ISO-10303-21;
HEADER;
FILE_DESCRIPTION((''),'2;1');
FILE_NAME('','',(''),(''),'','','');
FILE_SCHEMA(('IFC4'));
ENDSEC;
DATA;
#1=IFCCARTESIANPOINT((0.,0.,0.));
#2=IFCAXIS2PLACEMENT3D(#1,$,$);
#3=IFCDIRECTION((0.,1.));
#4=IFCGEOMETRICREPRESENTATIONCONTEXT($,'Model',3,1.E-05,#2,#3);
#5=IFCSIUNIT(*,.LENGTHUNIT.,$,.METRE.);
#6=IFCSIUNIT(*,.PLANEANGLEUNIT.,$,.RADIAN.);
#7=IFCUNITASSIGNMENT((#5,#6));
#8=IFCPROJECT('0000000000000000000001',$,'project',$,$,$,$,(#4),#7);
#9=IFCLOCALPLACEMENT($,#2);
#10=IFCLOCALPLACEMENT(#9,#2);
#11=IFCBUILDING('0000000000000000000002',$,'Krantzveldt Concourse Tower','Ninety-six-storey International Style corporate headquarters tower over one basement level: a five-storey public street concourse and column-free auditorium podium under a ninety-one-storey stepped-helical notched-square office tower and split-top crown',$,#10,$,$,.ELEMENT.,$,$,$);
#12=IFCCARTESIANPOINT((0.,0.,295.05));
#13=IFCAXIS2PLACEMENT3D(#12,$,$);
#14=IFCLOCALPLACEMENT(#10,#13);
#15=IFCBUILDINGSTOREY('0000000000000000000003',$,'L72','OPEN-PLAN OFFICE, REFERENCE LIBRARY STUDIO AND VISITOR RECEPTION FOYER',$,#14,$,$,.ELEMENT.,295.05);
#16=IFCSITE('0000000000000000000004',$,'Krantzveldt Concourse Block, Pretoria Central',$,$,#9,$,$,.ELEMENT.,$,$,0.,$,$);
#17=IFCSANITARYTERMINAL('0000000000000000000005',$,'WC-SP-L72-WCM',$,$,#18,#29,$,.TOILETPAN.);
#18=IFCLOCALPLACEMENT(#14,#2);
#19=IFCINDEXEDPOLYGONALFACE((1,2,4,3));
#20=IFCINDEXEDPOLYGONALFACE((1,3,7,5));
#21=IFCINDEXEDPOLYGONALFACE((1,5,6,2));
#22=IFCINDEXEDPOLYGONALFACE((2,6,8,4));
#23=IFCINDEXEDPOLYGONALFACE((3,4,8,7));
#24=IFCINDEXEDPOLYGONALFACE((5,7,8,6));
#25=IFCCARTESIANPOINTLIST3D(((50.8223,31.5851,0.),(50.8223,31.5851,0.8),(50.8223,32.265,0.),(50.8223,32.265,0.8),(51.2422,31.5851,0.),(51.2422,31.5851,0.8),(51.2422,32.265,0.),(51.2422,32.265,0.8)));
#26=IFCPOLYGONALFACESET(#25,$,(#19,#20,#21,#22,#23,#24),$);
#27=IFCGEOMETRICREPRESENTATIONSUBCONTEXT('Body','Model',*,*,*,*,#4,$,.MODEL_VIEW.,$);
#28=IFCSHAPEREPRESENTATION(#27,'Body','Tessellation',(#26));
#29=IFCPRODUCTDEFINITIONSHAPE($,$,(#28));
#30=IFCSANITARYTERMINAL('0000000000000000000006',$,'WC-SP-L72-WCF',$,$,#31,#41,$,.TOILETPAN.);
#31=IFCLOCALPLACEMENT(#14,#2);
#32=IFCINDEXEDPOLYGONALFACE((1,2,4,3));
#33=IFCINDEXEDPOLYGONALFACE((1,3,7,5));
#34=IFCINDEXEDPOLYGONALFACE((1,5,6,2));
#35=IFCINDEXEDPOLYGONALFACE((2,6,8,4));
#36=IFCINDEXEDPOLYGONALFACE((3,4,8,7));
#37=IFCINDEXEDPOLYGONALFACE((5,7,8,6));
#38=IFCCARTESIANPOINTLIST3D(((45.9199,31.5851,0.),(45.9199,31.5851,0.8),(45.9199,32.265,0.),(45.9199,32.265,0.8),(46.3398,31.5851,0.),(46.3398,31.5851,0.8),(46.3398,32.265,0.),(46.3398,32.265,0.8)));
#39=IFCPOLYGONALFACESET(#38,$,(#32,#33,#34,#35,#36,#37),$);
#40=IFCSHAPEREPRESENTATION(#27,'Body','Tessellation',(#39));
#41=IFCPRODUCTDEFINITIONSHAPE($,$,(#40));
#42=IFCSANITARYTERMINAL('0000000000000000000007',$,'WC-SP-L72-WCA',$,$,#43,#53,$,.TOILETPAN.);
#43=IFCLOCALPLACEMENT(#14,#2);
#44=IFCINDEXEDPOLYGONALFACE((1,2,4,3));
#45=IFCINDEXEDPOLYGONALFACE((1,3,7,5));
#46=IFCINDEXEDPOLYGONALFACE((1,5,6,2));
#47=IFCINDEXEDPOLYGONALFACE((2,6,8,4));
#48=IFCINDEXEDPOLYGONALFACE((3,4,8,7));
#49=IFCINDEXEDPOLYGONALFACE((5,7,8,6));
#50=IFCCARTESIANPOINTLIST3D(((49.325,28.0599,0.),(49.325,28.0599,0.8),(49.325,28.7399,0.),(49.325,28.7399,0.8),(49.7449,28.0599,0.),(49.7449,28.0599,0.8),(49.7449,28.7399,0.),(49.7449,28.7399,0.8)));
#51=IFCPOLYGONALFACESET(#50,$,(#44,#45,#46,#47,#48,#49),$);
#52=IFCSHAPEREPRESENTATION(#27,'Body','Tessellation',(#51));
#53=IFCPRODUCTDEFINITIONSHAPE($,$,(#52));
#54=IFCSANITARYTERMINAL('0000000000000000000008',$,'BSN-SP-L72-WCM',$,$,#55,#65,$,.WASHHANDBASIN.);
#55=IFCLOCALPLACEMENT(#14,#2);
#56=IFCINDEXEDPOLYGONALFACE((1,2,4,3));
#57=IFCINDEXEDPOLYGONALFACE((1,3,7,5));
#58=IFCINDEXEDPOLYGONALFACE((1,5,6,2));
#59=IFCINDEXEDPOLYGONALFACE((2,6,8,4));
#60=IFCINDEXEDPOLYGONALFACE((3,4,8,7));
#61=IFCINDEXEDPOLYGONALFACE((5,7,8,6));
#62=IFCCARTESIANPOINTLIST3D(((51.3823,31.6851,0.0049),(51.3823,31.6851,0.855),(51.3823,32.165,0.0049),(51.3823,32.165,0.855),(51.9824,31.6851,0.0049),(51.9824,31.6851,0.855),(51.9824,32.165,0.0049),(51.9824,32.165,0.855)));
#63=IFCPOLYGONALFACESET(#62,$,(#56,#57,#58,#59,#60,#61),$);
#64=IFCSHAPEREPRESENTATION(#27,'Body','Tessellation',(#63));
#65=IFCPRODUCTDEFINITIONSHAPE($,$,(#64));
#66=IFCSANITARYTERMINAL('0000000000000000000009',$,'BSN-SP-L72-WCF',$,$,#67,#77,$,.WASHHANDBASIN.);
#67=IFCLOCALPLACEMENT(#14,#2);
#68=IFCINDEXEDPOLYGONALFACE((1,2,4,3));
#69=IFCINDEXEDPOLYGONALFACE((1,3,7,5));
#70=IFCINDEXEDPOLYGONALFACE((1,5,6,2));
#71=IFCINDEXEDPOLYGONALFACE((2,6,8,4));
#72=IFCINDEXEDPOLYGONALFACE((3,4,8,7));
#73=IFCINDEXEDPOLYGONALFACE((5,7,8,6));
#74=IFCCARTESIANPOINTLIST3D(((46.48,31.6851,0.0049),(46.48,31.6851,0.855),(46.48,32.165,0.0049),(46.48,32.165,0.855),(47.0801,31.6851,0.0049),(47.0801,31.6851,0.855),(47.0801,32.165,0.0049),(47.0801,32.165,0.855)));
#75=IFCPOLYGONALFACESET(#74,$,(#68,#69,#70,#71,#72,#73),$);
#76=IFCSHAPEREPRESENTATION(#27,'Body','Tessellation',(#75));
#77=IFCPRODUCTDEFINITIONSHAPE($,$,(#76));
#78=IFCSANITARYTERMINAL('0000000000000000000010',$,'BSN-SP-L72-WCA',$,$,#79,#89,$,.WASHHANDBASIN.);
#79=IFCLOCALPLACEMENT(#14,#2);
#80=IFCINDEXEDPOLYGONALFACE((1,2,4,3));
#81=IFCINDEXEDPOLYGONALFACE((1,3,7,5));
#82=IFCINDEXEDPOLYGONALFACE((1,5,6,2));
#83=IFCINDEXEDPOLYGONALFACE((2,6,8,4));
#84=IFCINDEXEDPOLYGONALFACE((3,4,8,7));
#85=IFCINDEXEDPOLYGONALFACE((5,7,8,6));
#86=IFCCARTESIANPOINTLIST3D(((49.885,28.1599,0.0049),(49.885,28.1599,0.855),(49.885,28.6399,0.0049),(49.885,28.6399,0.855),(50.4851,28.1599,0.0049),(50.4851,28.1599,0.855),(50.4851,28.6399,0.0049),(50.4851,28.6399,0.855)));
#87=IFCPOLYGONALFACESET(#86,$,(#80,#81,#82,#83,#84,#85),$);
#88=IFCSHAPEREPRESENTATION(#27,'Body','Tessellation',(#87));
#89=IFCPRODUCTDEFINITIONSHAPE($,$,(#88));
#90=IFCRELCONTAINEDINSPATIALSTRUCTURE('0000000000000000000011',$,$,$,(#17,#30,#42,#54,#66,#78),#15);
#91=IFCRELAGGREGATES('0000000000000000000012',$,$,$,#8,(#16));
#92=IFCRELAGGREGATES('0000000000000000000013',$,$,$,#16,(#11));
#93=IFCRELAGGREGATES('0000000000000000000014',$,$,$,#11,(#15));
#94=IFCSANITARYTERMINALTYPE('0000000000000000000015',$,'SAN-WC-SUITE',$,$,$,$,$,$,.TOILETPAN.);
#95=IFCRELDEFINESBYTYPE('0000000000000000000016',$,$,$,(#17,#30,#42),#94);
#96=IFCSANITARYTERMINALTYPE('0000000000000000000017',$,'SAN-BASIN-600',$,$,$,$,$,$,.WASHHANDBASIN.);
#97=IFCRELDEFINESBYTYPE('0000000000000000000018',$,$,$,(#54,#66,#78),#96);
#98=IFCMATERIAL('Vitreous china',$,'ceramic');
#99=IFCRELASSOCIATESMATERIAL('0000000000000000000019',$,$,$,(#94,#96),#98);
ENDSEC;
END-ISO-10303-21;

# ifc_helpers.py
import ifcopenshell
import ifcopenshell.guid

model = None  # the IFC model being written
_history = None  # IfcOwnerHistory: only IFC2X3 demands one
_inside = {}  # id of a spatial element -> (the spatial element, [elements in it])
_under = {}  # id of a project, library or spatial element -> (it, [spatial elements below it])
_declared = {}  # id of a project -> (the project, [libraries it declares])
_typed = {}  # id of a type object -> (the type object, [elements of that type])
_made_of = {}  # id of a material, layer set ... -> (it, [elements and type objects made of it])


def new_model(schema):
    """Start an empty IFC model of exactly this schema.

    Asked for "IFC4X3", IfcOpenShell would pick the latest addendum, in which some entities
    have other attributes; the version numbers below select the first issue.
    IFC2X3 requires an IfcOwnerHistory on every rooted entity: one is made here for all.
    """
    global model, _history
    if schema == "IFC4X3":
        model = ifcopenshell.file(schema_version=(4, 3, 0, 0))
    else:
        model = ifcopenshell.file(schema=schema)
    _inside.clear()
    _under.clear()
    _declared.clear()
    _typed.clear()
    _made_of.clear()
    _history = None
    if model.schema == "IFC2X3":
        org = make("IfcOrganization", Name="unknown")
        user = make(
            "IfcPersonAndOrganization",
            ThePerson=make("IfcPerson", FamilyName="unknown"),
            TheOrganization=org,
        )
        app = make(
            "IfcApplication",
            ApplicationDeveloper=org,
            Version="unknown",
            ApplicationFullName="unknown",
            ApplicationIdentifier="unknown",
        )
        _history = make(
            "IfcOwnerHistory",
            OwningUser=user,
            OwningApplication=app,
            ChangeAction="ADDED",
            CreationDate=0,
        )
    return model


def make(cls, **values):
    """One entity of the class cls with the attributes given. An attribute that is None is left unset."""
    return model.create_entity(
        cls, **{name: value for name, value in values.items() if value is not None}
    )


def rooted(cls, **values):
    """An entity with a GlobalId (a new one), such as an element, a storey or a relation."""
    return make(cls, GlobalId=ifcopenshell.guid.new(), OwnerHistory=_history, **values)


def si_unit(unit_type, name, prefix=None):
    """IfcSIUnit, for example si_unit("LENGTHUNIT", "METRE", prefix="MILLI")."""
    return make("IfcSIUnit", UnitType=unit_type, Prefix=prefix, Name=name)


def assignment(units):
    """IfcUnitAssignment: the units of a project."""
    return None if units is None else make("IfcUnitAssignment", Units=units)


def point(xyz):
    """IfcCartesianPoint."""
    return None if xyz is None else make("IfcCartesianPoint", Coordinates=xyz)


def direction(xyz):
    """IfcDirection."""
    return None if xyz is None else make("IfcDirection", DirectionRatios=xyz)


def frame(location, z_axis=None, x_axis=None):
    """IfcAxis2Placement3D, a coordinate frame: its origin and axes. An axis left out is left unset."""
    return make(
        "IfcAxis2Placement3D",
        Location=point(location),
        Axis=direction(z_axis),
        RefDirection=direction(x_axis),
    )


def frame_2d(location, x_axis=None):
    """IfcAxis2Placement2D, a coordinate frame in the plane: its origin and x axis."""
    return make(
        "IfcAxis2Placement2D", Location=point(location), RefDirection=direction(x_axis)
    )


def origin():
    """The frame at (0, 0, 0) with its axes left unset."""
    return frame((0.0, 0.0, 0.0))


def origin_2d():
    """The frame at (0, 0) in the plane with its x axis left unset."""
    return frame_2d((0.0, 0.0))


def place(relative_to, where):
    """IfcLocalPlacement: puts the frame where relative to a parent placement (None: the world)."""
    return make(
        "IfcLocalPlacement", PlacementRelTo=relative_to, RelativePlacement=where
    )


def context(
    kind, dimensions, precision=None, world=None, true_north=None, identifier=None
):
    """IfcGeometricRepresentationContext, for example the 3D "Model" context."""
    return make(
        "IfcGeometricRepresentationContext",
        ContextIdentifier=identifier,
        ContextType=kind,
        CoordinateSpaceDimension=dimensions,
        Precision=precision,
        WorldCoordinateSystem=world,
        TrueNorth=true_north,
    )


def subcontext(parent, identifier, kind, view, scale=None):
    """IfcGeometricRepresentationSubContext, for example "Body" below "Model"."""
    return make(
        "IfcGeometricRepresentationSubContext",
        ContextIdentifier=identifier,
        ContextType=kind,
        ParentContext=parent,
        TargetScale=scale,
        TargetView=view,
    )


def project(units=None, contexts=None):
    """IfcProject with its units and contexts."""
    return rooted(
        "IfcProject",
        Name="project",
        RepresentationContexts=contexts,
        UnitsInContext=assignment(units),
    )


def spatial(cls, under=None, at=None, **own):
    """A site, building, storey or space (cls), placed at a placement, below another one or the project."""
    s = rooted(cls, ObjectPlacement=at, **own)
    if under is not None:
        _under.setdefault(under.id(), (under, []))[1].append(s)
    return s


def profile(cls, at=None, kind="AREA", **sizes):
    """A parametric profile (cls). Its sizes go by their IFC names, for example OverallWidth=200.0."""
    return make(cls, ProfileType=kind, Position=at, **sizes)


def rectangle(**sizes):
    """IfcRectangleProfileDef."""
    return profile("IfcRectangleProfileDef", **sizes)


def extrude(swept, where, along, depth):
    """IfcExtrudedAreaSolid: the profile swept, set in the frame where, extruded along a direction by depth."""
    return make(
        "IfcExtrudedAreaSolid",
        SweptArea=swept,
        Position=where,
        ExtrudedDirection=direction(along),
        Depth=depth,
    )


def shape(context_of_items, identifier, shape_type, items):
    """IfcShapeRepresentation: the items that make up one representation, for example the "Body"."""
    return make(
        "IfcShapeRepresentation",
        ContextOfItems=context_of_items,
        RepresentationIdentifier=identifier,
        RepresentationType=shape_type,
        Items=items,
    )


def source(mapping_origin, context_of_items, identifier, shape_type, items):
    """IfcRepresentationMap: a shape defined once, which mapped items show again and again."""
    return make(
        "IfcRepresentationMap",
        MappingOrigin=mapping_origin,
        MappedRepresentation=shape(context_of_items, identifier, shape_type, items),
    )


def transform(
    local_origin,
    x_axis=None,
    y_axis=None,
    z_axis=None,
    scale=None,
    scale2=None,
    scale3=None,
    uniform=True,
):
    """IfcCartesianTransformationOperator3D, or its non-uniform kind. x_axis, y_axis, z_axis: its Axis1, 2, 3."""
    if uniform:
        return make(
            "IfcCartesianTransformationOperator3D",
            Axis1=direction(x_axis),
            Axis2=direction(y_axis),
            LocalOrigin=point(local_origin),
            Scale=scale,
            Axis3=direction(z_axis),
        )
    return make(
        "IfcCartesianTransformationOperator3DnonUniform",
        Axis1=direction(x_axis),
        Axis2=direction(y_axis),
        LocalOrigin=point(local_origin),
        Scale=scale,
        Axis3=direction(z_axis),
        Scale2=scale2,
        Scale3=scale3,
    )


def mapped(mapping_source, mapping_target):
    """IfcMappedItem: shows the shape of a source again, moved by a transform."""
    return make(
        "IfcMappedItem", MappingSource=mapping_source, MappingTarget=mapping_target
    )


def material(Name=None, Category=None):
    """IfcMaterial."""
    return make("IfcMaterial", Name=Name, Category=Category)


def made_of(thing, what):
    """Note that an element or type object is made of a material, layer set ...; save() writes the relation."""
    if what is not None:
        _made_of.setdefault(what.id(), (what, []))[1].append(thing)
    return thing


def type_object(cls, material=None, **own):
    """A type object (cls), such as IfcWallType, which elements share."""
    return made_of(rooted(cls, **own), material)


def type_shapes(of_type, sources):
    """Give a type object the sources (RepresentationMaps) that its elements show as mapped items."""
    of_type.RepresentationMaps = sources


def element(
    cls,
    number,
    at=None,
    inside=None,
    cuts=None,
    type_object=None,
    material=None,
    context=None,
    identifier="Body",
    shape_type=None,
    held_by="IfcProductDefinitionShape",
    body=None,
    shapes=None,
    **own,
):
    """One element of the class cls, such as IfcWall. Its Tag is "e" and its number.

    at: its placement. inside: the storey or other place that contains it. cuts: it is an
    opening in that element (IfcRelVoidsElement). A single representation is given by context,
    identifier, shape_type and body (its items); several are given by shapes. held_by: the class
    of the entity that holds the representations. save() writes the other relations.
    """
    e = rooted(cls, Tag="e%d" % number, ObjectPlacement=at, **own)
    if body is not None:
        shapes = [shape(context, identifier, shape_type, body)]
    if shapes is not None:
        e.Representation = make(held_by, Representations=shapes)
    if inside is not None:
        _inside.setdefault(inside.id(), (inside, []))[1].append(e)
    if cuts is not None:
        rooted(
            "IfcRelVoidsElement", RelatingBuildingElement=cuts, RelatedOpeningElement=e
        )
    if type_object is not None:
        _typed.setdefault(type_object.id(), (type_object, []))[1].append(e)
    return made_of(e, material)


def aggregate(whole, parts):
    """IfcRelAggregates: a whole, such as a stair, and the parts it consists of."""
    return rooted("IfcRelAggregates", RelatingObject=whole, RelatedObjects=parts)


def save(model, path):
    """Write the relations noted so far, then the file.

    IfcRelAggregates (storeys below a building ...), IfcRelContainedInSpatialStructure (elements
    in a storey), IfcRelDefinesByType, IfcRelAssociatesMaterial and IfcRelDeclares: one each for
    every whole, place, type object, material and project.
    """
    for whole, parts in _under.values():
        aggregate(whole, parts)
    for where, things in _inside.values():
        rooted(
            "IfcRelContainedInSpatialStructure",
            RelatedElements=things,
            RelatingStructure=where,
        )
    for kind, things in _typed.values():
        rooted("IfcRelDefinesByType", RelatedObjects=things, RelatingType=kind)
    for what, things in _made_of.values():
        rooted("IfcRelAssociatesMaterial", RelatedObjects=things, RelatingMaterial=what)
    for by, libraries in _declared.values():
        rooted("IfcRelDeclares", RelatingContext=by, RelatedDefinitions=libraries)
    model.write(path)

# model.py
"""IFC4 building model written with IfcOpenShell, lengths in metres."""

from ifc_helpers import new_model, si_unit, direction, frame, origin, origin_2d, place, context, subcontext, project, spatial, rectangle, extrude, source, transform, mapped, material, type_object, type_shapes, element, save


model = new_model("IFC4")

# Units and contexts
model_context = context("Model", 3, precision=1e-05, world=origin(), true_north=direction((0.0, 1.0)))
body_context = subcontext(model_context, "Body", "Model", "MODEL_VIEW")
ifc_project = project(units=[si_unit("LENGTHUNIT", "METRE"), si_unit("PLANEANGLEUNIT", "RADIAN")], contexts=[model_context])

# Site, building, storey
site_placement = place(None, origin())
site = spatial("IfcSite", under=ifc_project, at=site_placement, Name="Krantzveldt Concourse Block, Pretoria Central", CompositionType="ELEMENT", RefElevation=0.0)
building_placement = place(site_placement, origin())
building = spatial("IfcBuilding", under=site, at=building_placement, Name="Krantzveldt Concourse Tower", Description="Ninety-six-storey International Style corporate headquarters tower over one basement level: a five-storey public street concourse and column-free auditorium podium under a ninety-one-storey stepped-helical notched-square office tower and split-top crown", CompositionType="ELEMENT")
storey_placement = place(building_placement, frame((0.0, 0.0, 295.05)))
storey = spatial("IfcBuildingStorey", under=building, at=storey_placement, Name="L72", Description="OPEN-PLAN OFFICE, REFERENCE LIBRARY STUDIO AND VISITOR RECEPTION FOYER", CompositionType="ELEMENT", Elevation=295.05)

# Sanitary terminals
ifc_material_1 = material(Name="Vitreous china", Category="ceramic")
sanitary_terminal_type_1 = type_object("IfcSanitaryTerminalType", Name="SAN-WC-SUITE", PredefinedType="TOILETPAN", material=ifc_material_1)
shared_shape_1 = source(origin(), body_context, "Body", "SweptSolid", [
    extrude(rectangle(XDim=0.4199, YDim=0.6799, at=origin_2d()), origin(), (0.0, 0.0, 1.0), 0.8),
])
type_shapes(sanitary_terminal_type_1, [shared_shape_1])
for number, where, z_axis, x_axis, name in (
    (1, (51.0322, 31.925, 0.0), (0.0, 0.0, 1.0), (1.0, 0.0, 0.0), "WC-SP-L72-WCM"),
    (2, (46.1299, 31.925, 0.0), (0.0, 0.0, 1.0), (1.0, 0.0, 0.0), "WC-SP-L72-WCF"),
    (3, (49.5349, 28.3999, 0.0), (0.0, 0.0, 1.0), (1.0, 0.0, 0.0), "WC-SP-L72-WCA"),
):
    element("IfcSanitaryTerminal", number, at=place(storey_placement, frame(where, z_axis=z_axis, x_axis=x_axis)), inside=storey, type_object=sanitary_terminal_type_1, Name=name, PredefinedType="TOILETPAN", context=body_context, shape_type="MappedRepresentation", body=[
        mapped(shared_shape_1, transform((0.0, 0.0, 0.0), x_axis=(1.0, 0.0, 0.0), y_axis=(0.0, 1.0, 0.0), z_axis=(0.0, 0.0, 1.0), scale=1.0)),
    ])
sanitary_terminal_type_2 = type_object("IfcSanitaryTerminalType", Name="SAN-BASIN-600", PredefinedType="WASHHANDBASIN", material=ifc_material_1)
shared_shape_2 = source(origin(), body_context, "Body", "SweptSolid", [
    extrude(rectangle(XDim=0.6001, YDim=0.48, at=origin_2d()), origin(), (0.0, 0.0, 1.0), 0.8501),
])
type_shapes(sanitary_terminal_type_2, [shared_shape_2])
for number, where, z_axis, x_axis, name in (
    (4, (51.6824, 31.925, 0.0049), (0.0, 0.0, 1.0), (1.0, 0.0, 0.0), "BSN-SP-L72-WCM"),
    (5, (46.78, 31.925, 0.0049), (0.0, 0.0, 1.0), (1.0, 0.0, 0.0), "BSN-SP-L72-WCF"),
    (6, (50.1851, 28.3999, 0.0049), (0.0, 0.0, 1.0), (1.0, 0.0, 0.0), "BSN-SP-L72-WCA"),
):
    element("IfcSanitaryTerminal", number, at=place(storey_placement, frame(where, z_axis=z_axis, x_axis=x_axis)), inside=storey, type_object=sanitary_terminal_type_2, Name=name, PredefinedType="WASHHANDBASIN", context=body_context, shape_type="MappedRepresentation", body=[
        mapped(shared_shape_2, transform((0.0, 0.0, 0.0), x_axis=(1.0, 0.0, 0.0), y_axis=(0.0, 1.0, 0.0), z_axis=(0.0, 0.0, 1.0), scale=1.0)),
    ])

save(model, "model.ifc")
